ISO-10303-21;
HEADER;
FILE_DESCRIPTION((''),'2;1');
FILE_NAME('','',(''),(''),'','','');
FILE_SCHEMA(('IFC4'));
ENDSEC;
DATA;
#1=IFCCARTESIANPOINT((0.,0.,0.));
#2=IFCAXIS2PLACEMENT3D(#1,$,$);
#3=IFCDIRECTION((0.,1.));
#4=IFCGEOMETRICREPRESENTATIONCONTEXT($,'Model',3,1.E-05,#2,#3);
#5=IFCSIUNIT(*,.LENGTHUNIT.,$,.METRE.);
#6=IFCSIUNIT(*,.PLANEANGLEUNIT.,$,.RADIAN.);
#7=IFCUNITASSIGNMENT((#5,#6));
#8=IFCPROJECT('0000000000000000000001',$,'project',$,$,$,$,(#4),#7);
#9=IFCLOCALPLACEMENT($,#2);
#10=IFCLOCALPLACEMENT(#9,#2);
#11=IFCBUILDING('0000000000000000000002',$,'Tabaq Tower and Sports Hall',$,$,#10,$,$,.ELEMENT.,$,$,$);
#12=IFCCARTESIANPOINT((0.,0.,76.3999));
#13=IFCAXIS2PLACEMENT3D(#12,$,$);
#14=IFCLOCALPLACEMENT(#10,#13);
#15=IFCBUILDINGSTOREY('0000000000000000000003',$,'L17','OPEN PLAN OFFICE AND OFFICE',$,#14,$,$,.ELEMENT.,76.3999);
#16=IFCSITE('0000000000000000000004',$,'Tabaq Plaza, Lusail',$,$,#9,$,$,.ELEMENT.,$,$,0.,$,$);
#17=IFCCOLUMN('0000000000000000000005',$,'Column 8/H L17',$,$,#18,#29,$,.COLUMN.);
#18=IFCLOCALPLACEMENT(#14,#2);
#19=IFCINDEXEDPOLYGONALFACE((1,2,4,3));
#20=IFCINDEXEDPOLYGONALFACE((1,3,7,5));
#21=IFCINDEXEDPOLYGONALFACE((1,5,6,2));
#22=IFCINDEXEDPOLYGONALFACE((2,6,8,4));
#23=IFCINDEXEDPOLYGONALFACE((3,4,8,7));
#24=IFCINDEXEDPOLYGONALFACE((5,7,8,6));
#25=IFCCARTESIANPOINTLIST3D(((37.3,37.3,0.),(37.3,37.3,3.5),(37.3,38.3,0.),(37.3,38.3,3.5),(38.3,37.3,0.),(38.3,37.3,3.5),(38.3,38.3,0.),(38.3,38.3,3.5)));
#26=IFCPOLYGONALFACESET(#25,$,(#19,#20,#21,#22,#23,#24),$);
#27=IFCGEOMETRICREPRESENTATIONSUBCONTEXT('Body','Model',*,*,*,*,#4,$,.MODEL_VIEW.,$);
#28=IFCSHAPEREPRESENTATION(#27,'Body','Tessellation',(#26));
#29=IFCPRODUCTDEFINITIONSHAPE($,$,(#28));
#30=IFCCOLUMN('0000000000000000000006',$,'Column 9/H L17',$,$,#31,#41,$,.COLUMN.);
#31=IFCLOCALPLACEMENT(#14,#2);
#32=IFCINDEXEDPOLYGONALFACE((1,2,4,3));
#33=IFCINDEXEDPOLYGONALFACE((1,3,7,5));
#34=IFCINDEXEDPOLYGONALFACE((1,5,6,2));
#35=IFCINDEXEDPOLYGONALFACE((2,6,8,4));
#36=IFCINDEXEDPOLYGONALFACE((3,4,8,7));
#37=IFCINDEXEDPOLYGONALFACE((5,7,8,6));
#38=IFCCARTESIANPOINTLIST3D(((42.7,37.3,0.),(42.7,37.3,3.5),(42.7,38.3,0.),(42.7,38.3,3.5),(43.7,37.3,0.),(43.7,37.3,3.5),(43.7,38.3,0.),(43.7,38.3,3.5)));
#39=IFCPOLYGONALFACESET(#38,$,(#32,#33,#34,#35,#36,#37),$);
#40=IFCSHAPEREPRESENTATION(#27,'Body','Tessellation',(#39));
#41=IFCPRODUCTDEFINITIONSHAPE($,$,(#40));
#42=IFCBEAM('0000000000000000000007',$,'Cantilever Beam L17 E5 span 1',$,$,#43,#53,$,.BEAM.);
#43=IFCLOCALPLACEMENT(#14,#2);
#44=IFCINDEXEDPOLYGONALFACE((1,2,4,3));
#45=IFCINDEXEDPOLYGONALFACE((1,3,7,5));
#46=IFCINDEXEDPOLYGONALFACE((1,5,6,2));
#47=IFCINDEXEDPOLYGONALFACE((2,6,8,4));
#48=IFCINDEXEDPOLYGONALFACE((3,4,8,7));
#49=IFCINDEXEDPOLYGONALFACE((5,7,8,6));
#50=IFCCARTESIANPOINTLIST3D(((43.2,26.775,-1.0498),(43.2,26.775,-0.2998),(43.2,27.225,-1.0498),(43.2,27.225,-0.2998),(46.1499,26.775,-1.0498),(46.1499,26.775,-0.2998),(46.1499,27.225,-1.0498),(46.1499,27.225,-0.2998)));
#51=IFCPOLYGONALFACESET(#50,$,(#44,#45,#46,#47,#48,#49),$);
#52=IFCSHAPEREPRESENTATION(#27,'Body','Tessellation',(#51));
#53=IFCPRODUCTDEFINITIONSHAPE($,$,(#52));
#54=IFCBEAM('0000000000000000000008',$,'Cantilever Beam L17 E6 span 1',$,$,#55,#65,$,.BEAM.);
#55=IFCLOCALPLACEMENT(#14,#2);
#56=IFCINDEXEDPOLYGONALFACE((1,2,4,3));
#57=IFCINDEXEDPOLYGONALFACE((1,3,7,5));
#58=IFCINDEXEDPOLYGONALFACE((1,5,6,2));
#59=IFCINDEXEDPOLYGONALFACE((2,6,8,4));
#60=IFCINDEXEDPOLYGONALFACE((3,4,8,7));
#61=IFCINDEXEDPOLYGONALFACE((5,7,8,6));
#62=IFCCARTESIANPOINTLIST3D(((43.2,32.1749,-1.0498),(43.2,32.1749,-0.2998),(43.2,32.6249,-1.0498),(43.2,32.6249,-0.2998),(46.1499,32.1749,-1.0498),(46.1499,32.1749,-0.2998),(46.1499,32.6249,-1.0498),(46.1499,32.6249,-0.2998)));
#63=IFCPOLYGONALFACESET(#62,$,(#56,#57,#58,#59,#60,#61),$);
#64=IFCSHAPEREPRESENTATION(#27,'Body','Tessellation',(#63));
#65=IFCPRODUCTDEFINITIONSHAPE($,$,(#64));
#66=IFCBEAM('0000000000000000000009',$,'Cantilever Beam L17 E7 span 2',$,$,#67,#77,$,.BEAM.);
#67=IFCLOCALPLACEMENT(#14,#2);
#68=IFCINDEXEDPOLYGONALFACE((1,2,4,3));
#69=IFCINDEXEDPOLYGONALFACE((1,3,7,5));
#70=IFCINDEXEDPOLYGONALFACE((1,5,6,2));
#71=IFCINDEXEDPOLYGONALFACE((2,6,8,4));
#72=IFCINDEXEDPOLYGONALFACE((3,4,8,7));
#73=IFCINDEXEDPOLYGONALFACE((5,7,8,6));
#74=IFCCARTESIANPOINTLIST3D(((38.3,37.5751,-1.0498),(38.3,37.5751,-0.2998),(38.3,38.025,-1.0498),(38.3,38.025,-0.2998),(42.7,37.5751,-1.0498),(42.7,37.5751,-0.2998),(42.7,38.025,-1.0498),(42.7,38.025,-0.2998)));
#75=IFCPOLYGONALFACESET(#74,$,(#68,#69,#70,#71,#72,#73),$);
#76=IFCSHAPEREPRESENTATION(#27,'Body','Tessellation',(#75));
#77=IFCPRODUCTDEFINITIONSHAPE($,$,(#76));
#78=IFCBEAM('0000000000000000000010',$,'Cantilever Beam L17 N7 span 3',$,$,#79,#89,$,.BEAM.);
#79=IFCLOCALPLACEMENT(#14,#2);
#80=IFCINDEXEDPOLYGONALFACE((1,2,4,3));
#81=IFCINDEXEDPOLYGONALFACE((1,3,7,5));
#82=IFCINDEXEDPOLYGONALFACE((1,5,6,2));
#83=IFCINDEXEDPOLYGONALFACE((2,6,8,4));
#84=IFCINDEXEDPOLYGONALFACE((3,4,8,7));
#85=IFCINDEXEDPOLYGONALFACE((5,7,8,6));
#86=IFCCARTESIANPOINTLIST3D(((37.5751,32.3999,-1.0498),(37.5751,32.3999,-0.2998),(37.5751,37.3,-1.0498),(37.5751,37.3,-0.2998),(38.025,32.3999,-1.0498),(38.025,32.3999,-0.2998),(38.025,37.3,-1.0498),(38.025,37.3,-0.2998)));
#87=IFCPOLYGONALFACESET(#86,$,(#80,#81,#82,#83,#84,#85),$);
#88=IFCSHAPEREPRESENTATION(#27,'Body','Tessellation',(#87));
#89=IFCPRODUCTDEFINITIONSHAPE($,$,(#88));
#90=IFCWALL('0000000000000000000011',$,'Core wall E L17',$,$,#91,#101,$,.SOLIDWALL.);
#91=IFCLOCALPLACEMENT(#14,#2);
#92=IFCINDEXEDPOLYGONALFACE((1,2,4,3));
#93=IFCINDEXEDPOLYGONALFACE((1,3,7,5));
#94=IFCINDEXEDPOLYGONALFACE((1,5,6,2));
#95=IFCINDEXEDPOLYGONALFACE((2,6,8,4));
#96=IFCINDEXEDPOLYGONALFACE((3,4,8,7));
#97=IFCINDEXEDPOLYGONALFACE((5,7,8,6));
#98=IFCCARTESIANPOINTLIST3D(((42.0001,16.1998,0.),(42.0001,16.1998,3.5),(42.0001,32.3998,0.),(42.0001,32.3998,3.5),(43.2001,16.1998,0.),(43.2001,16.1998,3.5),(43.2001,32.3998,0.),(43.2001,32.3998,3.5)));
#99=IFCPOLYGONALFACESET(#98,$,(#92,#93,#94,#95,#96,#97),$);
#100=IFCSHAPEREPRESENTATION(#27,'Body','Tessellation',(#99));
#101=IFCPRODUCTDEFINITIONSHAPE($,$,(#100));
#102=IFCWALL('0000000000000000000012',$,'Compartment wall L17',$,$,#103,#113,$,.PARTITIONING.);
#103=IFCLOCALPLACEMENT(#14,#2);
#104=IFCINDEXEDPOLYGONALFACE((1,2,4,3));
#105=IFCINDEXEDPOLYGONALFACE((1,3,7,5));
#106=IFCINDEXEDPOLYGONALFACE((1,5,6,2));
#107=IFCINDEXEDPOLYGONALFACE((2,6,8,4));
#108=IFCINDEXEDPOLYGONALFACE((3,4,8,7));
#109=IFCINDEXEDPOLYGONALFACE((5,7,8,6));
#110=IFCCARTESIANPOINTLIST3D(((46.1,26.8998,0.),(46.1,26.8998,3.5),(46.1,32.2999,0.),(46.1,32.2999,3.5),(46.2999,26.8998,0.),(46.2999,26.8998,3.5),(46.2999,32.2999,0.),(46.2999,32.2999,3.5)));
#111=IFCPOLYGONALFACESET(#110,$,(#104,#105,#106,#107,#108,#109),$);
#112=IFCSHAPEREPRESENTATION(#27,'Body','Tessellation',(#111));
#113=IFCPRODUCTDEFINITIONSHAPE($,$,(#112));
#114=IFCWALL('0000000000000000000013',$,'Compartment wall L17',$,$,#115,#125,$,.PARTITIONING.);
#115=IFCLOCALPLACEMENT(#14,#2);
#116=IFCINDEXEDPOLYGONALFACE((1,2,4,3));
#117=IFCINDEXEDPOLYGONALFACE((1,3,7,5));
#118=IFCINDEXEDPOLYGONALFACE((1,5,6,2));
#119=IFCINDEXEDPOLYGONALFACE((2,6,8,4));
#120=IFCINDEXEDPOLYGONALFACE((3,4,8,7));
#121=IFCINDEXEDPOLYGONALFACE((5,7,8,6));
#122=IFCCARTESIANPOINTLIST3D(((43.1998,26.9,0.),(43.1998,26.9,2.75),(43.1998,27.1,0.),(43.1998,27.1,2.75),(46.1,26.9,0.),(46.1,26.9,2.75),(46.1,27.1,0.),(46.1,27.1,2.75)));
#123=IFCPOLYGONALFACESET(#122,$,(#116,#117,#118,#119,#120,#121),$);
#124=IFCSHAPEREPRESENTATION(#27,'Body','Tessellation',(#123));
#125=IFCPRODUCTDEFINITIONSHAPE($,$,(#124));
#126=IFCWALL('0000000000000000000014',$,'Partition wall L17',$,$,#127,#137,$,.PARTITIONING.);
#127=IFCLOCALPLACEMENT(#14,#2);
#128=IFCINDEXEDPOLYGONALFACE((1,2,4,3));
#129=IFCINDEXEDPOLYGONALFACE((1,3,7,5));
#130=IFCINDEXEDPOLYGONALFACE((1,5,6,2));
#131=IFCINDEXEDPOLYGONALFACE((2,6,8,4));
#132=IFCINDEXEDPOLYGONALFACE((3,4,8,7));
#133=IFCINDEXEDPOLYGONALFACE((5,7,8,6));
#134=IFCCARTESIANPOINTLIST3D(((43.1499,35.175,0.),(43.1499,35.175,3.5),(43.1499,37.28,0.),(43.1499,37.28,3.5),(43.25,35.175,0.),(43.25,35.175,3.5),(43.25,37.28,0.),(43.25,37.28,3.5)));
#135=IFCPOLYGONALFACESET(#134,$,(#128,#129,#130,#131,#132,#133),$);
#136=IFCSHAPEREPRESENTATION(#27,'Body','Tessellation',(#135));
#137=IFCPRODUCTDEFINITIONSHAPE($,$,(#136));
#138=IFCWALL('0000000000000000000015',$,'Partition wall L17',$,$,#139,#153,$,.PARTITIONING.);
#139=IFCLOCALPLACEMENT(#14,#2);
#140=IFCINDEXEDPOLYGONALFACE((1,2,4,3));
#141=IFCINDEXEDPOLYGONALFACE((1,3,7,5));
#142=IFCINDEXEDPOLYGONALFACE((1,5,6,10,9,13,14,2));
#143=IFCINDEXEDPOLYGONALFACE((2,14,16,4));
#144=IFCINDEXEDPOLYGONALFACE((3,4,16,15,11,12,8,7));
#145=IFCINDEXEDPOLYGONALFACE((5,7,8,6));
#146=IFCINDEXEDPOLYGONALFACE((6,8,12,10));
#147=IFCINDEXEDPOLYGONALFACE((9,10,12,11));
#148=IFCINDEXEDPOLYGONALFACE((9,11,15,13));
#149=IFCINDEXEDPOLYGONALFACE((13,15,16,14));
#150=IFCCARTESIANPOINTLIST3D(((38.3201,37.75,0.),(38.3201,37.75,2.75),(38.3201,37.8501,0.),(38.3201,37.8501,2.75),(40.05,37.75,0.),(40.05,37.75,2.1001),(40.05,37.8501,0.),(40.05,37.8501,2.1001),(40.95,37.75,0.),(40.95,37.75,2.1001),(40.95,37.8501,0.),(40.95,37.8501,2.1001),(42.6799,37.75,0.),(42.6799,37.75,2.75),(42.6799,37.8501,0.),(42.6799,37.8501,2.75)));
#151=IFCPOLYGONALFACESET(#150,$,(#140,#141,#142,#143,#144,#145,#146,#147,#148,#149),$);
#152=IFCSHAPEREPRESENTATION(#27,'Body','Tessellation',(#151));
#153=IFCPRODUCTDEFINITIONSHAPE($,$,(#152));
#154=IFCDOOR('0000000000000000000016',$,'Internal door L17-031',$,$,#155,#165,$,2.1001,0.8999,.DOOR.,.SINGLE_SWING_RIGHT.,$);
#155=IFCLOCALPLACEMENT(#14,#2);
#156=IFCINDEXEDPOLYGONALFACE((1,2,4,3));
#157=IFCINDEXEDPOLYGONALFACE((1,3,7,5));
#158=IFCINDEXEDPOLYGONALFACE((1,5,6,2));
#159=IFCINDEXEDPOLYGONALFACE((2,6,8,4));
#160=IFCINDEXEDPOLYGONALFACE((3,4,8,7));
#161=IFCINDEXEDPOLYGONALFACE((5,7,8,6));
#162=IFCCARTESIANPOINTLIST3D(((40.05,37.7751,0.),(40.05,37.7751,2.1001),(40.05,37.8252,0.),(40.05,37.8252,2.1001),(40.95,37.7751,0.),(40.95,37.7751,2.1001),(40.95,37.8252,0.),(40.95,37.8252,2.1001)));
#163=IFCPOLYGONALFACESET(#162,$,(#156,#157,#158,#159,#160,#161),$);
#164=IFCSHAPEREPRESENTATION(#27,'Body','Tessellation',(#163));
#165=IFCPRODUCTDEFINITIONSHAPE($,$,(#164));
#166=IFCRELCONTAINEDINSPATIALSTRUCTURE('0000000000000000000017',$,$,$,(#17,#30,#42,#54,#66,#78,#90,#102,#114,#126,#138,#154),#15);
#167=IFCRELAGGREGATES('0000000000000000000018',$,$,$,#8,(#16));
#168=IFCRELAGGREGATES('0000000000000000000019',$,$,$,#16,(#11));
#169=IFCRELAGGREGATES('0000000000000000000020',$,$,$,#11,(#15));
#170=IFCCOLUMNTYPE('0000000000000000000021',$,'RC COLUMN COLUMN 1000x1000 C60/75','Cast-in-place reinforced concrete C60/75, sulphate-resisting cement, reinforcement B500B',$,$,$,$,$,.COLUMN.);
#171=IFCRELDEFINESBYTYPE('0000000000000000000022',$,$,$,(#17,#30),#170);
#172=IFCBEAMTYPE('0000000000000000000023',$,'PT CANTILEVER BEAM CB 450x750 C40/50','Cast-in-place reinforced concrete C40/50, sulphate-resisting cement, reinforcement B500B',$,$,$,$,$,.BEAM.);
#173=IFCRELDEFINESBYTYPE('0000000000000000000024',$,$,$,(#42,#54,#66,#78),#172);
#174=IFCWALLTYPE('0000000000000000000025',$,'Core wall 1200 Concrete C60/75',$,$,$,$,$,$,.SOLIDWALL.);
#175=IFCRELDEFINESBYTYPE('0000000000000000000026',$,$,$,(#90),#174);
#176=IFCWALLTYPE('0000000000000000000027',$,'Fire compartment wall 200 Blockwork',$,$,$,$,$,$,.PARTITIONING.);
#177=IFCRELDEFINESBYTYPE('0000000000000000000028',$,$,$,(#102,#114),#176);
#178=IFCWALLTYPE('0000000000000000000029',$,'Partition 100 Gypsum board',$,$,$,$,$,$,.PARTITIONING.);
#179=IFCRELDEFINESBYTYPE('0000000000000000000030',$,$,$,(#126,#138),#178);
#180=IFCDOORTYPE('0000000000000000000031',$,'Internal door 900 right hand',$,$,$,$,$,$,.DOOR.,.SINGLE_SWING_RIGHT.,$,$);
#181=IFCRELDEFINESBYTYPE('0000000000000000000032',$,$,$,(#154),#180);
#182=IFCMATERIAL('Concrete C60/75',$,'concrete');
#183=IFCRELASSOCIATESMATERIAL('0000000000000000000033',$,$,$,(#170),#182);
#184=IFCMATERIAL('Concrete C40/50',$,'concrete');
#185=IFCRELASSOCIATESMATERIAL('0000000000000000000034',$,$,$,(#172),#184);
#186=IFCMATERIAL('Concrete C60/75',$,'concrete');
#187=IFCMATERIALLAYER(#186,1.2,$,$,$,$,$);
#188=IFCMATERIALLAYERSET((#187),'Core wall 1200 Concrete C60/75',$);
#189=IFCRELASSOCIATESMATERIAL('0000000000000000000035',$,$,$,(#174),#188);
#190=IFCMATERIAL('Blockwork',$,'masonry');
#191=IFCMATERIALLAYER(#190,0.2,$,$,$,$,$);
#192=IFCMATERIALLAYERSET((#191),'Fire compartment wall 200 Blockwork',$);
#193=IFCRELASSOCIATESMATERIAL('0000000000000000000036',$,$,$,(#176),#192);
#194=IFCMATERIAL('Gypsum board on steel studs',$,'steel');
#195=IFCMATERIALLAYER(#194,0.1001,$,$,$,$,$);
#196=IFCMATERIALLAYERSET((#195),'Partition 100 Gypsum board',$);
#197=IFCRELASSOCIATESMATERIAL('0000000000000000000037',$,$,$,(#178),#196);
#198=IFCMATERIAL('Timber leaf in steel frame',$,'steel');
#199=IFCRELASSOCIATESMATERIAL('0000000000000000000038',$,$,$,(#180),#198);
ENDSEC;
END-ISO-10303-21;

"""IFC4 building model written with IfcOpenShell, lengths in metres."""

from ifc_helpers import new_model, si_unit, direction, frame, frame_2d, origin, origin_2d, place, context, subcontext, project, spatial, rectangle, extrude, material, layer, layer_set, material_profile, profile_set, type_object, element, fill, save


model = new_model("IFC4")

# Units and contexts
model_context = context("Model", 3, precision=1e-05, world=origin(), true_north=direction((0.0, 1.0)))
body_context = subcontext(model_context, "Body", "Model", "MODEL_VIEW")
ifc_project = project(units=[si_unit("LENGTHUNIT", "METRE"), si_unit("PLANEANGLEUNIT", "RADIAN")], contexts=[model_context])

# Site, building, storey
site_placement = place(None, origin())
site = spatial("IfcSite", under=ifc_project, at=site_placement, Name="Tabaq Plaza, Lusail", CompositionType="ELEMENT", RefElevation=0.0)
building_placement = place(site_placement, origin())
building = spatial("IfcBuilding", under=site, at=building_placement, Name="Tabaq Tower and Sports Hall", CompositionType="ELEMENT")
storey_placement = place(building_placement, frame((0.0, 0.0, 76.3999)))
storey = spatial("IfcBuildingStorey", under=building, at=storey_placement, Name="L17", Description="OPEN PLAN OFFICE AND OFFICE", CompositionType="ELEMENT", Elevation=76.3999)

# Columns
ifc_material_1 = material(Name="Concrete C60/75", Category="concrete")
ifc_material_profile_1 = material_profile(ifc_material_1, rectangle(XDim=1.0, YDim=1.0, at=origin_2d()), Name="COLUMN 1000x1000")
ifc_profile_set_1 = profile_set([ifc_material_profile_1], Name="Concrete C60/75")
column_type = type_object("IfcColumnType", Name="RC COLUMN COLUMN 1000x1000 C60/75", Description="Cast-in-place reinforced concrete C60/75, sulphate-resisting cement, reinforcement B500B", PredefinedType="COLUMN", material=ifc_profile_set_1)
for number, where, z_axis, x_axis, name in (
    (1, (37.8, 37.8, 0.0), (0.0, 0.0, 1.0), (1.0, 0.0, 0.0), "Column 8/H L17"),
    (2, (43.2, 37.8, 0.0), (0.0, 0.0, 1.0), (1.0, 0.0, 0.0), "Column 9/H L17"),
):
    element("IfcColumn", number, at=place(storey_placement, frame(where, z_axis=z_axis, x_axis=x_axis)), inside=storey, type_object=column_type, Name=name, PredefinedType="COLUMN", context=body_context, shape_type="SweptSolid", body=[
        extrude(rectangle(XDim=1.0, YDim=1.0, at=origin_2d()), origin(), (0.0, 0.0, 1.0), 3.5),
    ])

# Beams
ifc_material_2 = material(Name="Concrete C40/50", Category="concrete")
ifc_material_profile_2 = material_profile(ifc_material_2, rectangle(XDim=0.45, YDim=0.75, at=origin_2d()), Name="CB 450x750")
ifc_profile_set_2 = profile_set([ifc_material_profile_2], Name="Concrete C40/50")
beam_type = type_object("IfcBeamType", Name="PT CANTILEVER BEAM CB 450x750 C40/50", Description="Cast-in-place reinforced concrete C40/50, sulphate-resisting cement, reinforcement B500B", PredefinedType="BEAM", material=ifc_profile_set_2)
for number, where, z_axis, x_axis, name in (
    (3, (46.1499, 27.0, -0.6748), (-1.0, 0.0, 0.0), (0.0, -1.0, 0.0), "Cantilever Beam L17 E5 span 1"),
    (4, (46.1499, 32.3999, -0.6748), (-1.0, 0.0, 0.0), (0.0, -1.0, 0.0), "Cantilever Beam L17 E6 span 1"),
):
    element("IfcBeam", number, at=place(storey_placement, frame(where, z_axis=z_axis, x_axis=x_axis)), inside=storey, type_object=beam_type, Name=name, PredefinedType="BEAM", context=body_context, shape_type="SweptSolid", body=[
        extrude(rectangle(XDim=0.45, YDim=0.75, at=origin_2d()), origin(), (0.0, 0.0, 1.0), 2.95),
    ])
beam_1_placement = place(storey_placement, frame((42.7, 37.8, -0.6748), z_axis=(-1.0, 0.0, 0.0), x_axis=(0.0, -1.0, 0.0)))
element("IfcBeam", 5, at=beam_1_placement, inside=storey, type_object=beam_type, Name="Cantilever Beam L17 E7 span 2", PredefinedType="BEAM", context=body_context, shape_type="SweptSolid", body=[
    extrude(rectangle(XDim=0.45, YDim=0.75, at=origin_2d()), origin(), (0.0, 0.0, 1.0), 4.3999),
])
beam_2_placement = place(storey_placement, frame((37.8, 37.3, -0.6748), z_axis=(0.0, -1.0, 0.0), x_axis=(1.0, 0.0, 0.0)))
element("IfcBeam", 6, at=beam_2_placement, inside=storey, type_object=beam_type, Name="Cantilever Beam L17 N7 span 3", PredefinedType="BEAM", context=body_context, shape_type="SweptSolid", body=[
    extrude(rectangle(XDim=0.45, YDim=0.75, at=origin_2d()), origin(), (0.0, 0.0, 1.0), 4.9001),
])

# Wall
ifc_material_3 = material(Name="Concrete C60/75", Category="concrete")
ifc_layer_1 = layer(ifc_material_3, 1.2)
ifc_layer_set_1 = layer_set([ifc_layer_1], Name="Core wall 1200 Concrete C60/75")
wall_type_1 = type_object("IfcWallType", Name="Core wall 1200 Concrete C60/75", PredefinedType="SOLIDWALL", material=ifc_layer_set_1)
wall_1_placement = place(storey_placement, frame((42.6001, 32.3999, 0.0), z_axis=(0.0, 0.0, 1.0), x_axis=(0.0, -1.0, 0.0)))
element("IfcWall", 7, at=wall_1_placement, inside=storey, type_object=wall_type_1, Name="Core wall E L17", PredefinedType="SOLIDWALL", context=body_context, shape_type="SweptSolid", body=[
    extrude(rectangle(XDim=16.2, YDim=1.2, at=frame_2d((8.1001, 0.0))), origin(), (0.0, 0.0, 1.0), 3.5),
])

# Shared definitions
ifc_material_4 = material(Name="Blockwork", Category="masonry")
ifc_layer_2 = layer(ifc_material_4, 0.2)
ifc_layer_set_2 = layer_set([ifc_layer_2], Name="Fire compartment wall 200 Blockwork")
wall_type_2 = type_object("IfcWallType", Name="Fire compartment wall 200 Blockwork", PredefinedType="PARTITIONING", material=ifc_layer_set_2)

# Walls
wall_2_placement = place(storey_placement, frame((46.2, 32.3, 0.0), z_axis=(0.0, 0.0, 1.0), x_axis=(0.0, -1.0, 0.0)))
element("IfcWall", 8, at=wall_2_placement, inside=storey, type_object=wall_type_2, Name="Compartment wall L17", PredefinedType="PARTITIONING", context=body_context, shape_type="SweptSolid", body=[
    extrude(rectangle(XDim=5.4001, YDim=0.2, at=frame_2d((2.7002, 0.0))), origin(), (0.0, 0.0, 1.0), 3.5),
])
wall_3_placement = place(storey_placement, frame((46.1001, 27.0, 0.0), z_axis=(0.0, 0.0, 1.0), x_axis=(-1.0, 0.0, 0.0)))
element("IfcWall", 9, at=wall_3_placement, inside=storey, type_object=wall_type_2, Name="Compartment wall L17", PredefinedType="PARTITIONING", context=body_context, shape_type="SweptSolid", body=[
    extrude(rectangle(XDim=2.9001, YDim=0.2, at=frame_2d((1.4502, 0.0))), origin(), (0.0, 0.0, 1.0), 2.75),
])
ifc_material_5 = material(Name="Gypsum board on steel studs", Category="steel")
ifc_layer_3 = layer(ifc_material_5, 0.1001)
ifc_layer_set_3 = layer_set([ifc_layer_3], Name="Partition 100 Gypsum board")
wall_type_3 = type_object("IfcWallType", Name="Partition 100 Gypsum board", PredefinedType="PARTITIONING", material=ifc_layer_set_3)
wall_4_placement = place(storey_placement, frame((43.2, 35.175, 0.0), z_axis=(0.0, 0.0, 1.0), x_axis=(0.0, 1.0, 0.0)))
element("IfcWall", 10, at=wall_4_placement, inside=storey, type_object=wall_type_3, Name="Partition wall L17", PredefinedType="PARTITIONING", context=body_context, shape_type="SweptSolid", body=[
    extrude(rectangle(XDim=2.105, YDim=0.1001, at=frame_2d((1.0525, 0.0))), origin(), (0.0, 0.0, 1.0), 3.5),
])

# Wall, opening, door
wall_5_placement = place(storey_placement, frame((42.6799, 37.8, 0.0), z_axis=(0.0, 0.0, 1.0), x_axis=(-1.0, 0.0, 0.0)))
wall_5 = element("IfcWall", 11, at=wall_5_placement, inside=storey, type_object=wall_type_3, Name="Partition wall L17", PredefinedType="PARTITIONING", context=body_context, shape_type="SweptSolid", body=[
    extrude(rectangle(XDim=4.3599, YDim=0.1001, at=frame_2d((2.1799, 0.0))), origin(), (0.0, 0.0, 1.0), 2.75),
])
opening_1_placement = place(wall_5_placement, frame((1.73, 0.0, 0.0)))
opening_1 = element("IfcOpeningElement", 12, at=opening_1_placement, cuts=wall_5, PredefinedType="OPENING", context=body_context, shape_type="SweptSolid", body=[
    extrude(rectangle(XDim=0.8999, YDim=2.1001, at=frame_2d((0.45, 1.05))), frame((0.0, 0.05, 0.0), z_axis=(0.0, -1.0, 0.0), x_axis=(1.0, 0.0, 0.0)), (0.0, 0.0, 1.0), 0.1001),
])
ifc_material_6 = material(Name="Timber leaf in steel frame", Category="steel")
door_type_1 = type_object("IfcDoorType", Name="Internal door 900 right hand", OperationType="SINGLE_SWING_RIGHT", PredefinedType="DOOR", material=ifc_material_6)
door_1_placement = place(opening_1_placement, origin())
door_1 = element("IfcDoor", 13, at=door_1_placement, inside=storey, type_object=door_type_1, Name="Internal door L17-031", OperationType="SINGLE_SWING_RIGHT", OverallHeight=2.1001, OverallWidth=0.8999, PredefinedType="DOOR", context=body_context, shape_type="SweptSolid", body=[
    extrude(rectangle(XDim=0.8999, YDim=2.1001, at=frame_2d((0.45, 1.05))), frame((0.0, 0.0249, 0.0), z_axis=(0.0, -1.0, 0.0), x_axis=(1.0, 0.0, 0.0)), (0.0, 0.0, 1.0), 0.05),
])
fill(opening_1, door_1)

save(model, "model.ifc")
